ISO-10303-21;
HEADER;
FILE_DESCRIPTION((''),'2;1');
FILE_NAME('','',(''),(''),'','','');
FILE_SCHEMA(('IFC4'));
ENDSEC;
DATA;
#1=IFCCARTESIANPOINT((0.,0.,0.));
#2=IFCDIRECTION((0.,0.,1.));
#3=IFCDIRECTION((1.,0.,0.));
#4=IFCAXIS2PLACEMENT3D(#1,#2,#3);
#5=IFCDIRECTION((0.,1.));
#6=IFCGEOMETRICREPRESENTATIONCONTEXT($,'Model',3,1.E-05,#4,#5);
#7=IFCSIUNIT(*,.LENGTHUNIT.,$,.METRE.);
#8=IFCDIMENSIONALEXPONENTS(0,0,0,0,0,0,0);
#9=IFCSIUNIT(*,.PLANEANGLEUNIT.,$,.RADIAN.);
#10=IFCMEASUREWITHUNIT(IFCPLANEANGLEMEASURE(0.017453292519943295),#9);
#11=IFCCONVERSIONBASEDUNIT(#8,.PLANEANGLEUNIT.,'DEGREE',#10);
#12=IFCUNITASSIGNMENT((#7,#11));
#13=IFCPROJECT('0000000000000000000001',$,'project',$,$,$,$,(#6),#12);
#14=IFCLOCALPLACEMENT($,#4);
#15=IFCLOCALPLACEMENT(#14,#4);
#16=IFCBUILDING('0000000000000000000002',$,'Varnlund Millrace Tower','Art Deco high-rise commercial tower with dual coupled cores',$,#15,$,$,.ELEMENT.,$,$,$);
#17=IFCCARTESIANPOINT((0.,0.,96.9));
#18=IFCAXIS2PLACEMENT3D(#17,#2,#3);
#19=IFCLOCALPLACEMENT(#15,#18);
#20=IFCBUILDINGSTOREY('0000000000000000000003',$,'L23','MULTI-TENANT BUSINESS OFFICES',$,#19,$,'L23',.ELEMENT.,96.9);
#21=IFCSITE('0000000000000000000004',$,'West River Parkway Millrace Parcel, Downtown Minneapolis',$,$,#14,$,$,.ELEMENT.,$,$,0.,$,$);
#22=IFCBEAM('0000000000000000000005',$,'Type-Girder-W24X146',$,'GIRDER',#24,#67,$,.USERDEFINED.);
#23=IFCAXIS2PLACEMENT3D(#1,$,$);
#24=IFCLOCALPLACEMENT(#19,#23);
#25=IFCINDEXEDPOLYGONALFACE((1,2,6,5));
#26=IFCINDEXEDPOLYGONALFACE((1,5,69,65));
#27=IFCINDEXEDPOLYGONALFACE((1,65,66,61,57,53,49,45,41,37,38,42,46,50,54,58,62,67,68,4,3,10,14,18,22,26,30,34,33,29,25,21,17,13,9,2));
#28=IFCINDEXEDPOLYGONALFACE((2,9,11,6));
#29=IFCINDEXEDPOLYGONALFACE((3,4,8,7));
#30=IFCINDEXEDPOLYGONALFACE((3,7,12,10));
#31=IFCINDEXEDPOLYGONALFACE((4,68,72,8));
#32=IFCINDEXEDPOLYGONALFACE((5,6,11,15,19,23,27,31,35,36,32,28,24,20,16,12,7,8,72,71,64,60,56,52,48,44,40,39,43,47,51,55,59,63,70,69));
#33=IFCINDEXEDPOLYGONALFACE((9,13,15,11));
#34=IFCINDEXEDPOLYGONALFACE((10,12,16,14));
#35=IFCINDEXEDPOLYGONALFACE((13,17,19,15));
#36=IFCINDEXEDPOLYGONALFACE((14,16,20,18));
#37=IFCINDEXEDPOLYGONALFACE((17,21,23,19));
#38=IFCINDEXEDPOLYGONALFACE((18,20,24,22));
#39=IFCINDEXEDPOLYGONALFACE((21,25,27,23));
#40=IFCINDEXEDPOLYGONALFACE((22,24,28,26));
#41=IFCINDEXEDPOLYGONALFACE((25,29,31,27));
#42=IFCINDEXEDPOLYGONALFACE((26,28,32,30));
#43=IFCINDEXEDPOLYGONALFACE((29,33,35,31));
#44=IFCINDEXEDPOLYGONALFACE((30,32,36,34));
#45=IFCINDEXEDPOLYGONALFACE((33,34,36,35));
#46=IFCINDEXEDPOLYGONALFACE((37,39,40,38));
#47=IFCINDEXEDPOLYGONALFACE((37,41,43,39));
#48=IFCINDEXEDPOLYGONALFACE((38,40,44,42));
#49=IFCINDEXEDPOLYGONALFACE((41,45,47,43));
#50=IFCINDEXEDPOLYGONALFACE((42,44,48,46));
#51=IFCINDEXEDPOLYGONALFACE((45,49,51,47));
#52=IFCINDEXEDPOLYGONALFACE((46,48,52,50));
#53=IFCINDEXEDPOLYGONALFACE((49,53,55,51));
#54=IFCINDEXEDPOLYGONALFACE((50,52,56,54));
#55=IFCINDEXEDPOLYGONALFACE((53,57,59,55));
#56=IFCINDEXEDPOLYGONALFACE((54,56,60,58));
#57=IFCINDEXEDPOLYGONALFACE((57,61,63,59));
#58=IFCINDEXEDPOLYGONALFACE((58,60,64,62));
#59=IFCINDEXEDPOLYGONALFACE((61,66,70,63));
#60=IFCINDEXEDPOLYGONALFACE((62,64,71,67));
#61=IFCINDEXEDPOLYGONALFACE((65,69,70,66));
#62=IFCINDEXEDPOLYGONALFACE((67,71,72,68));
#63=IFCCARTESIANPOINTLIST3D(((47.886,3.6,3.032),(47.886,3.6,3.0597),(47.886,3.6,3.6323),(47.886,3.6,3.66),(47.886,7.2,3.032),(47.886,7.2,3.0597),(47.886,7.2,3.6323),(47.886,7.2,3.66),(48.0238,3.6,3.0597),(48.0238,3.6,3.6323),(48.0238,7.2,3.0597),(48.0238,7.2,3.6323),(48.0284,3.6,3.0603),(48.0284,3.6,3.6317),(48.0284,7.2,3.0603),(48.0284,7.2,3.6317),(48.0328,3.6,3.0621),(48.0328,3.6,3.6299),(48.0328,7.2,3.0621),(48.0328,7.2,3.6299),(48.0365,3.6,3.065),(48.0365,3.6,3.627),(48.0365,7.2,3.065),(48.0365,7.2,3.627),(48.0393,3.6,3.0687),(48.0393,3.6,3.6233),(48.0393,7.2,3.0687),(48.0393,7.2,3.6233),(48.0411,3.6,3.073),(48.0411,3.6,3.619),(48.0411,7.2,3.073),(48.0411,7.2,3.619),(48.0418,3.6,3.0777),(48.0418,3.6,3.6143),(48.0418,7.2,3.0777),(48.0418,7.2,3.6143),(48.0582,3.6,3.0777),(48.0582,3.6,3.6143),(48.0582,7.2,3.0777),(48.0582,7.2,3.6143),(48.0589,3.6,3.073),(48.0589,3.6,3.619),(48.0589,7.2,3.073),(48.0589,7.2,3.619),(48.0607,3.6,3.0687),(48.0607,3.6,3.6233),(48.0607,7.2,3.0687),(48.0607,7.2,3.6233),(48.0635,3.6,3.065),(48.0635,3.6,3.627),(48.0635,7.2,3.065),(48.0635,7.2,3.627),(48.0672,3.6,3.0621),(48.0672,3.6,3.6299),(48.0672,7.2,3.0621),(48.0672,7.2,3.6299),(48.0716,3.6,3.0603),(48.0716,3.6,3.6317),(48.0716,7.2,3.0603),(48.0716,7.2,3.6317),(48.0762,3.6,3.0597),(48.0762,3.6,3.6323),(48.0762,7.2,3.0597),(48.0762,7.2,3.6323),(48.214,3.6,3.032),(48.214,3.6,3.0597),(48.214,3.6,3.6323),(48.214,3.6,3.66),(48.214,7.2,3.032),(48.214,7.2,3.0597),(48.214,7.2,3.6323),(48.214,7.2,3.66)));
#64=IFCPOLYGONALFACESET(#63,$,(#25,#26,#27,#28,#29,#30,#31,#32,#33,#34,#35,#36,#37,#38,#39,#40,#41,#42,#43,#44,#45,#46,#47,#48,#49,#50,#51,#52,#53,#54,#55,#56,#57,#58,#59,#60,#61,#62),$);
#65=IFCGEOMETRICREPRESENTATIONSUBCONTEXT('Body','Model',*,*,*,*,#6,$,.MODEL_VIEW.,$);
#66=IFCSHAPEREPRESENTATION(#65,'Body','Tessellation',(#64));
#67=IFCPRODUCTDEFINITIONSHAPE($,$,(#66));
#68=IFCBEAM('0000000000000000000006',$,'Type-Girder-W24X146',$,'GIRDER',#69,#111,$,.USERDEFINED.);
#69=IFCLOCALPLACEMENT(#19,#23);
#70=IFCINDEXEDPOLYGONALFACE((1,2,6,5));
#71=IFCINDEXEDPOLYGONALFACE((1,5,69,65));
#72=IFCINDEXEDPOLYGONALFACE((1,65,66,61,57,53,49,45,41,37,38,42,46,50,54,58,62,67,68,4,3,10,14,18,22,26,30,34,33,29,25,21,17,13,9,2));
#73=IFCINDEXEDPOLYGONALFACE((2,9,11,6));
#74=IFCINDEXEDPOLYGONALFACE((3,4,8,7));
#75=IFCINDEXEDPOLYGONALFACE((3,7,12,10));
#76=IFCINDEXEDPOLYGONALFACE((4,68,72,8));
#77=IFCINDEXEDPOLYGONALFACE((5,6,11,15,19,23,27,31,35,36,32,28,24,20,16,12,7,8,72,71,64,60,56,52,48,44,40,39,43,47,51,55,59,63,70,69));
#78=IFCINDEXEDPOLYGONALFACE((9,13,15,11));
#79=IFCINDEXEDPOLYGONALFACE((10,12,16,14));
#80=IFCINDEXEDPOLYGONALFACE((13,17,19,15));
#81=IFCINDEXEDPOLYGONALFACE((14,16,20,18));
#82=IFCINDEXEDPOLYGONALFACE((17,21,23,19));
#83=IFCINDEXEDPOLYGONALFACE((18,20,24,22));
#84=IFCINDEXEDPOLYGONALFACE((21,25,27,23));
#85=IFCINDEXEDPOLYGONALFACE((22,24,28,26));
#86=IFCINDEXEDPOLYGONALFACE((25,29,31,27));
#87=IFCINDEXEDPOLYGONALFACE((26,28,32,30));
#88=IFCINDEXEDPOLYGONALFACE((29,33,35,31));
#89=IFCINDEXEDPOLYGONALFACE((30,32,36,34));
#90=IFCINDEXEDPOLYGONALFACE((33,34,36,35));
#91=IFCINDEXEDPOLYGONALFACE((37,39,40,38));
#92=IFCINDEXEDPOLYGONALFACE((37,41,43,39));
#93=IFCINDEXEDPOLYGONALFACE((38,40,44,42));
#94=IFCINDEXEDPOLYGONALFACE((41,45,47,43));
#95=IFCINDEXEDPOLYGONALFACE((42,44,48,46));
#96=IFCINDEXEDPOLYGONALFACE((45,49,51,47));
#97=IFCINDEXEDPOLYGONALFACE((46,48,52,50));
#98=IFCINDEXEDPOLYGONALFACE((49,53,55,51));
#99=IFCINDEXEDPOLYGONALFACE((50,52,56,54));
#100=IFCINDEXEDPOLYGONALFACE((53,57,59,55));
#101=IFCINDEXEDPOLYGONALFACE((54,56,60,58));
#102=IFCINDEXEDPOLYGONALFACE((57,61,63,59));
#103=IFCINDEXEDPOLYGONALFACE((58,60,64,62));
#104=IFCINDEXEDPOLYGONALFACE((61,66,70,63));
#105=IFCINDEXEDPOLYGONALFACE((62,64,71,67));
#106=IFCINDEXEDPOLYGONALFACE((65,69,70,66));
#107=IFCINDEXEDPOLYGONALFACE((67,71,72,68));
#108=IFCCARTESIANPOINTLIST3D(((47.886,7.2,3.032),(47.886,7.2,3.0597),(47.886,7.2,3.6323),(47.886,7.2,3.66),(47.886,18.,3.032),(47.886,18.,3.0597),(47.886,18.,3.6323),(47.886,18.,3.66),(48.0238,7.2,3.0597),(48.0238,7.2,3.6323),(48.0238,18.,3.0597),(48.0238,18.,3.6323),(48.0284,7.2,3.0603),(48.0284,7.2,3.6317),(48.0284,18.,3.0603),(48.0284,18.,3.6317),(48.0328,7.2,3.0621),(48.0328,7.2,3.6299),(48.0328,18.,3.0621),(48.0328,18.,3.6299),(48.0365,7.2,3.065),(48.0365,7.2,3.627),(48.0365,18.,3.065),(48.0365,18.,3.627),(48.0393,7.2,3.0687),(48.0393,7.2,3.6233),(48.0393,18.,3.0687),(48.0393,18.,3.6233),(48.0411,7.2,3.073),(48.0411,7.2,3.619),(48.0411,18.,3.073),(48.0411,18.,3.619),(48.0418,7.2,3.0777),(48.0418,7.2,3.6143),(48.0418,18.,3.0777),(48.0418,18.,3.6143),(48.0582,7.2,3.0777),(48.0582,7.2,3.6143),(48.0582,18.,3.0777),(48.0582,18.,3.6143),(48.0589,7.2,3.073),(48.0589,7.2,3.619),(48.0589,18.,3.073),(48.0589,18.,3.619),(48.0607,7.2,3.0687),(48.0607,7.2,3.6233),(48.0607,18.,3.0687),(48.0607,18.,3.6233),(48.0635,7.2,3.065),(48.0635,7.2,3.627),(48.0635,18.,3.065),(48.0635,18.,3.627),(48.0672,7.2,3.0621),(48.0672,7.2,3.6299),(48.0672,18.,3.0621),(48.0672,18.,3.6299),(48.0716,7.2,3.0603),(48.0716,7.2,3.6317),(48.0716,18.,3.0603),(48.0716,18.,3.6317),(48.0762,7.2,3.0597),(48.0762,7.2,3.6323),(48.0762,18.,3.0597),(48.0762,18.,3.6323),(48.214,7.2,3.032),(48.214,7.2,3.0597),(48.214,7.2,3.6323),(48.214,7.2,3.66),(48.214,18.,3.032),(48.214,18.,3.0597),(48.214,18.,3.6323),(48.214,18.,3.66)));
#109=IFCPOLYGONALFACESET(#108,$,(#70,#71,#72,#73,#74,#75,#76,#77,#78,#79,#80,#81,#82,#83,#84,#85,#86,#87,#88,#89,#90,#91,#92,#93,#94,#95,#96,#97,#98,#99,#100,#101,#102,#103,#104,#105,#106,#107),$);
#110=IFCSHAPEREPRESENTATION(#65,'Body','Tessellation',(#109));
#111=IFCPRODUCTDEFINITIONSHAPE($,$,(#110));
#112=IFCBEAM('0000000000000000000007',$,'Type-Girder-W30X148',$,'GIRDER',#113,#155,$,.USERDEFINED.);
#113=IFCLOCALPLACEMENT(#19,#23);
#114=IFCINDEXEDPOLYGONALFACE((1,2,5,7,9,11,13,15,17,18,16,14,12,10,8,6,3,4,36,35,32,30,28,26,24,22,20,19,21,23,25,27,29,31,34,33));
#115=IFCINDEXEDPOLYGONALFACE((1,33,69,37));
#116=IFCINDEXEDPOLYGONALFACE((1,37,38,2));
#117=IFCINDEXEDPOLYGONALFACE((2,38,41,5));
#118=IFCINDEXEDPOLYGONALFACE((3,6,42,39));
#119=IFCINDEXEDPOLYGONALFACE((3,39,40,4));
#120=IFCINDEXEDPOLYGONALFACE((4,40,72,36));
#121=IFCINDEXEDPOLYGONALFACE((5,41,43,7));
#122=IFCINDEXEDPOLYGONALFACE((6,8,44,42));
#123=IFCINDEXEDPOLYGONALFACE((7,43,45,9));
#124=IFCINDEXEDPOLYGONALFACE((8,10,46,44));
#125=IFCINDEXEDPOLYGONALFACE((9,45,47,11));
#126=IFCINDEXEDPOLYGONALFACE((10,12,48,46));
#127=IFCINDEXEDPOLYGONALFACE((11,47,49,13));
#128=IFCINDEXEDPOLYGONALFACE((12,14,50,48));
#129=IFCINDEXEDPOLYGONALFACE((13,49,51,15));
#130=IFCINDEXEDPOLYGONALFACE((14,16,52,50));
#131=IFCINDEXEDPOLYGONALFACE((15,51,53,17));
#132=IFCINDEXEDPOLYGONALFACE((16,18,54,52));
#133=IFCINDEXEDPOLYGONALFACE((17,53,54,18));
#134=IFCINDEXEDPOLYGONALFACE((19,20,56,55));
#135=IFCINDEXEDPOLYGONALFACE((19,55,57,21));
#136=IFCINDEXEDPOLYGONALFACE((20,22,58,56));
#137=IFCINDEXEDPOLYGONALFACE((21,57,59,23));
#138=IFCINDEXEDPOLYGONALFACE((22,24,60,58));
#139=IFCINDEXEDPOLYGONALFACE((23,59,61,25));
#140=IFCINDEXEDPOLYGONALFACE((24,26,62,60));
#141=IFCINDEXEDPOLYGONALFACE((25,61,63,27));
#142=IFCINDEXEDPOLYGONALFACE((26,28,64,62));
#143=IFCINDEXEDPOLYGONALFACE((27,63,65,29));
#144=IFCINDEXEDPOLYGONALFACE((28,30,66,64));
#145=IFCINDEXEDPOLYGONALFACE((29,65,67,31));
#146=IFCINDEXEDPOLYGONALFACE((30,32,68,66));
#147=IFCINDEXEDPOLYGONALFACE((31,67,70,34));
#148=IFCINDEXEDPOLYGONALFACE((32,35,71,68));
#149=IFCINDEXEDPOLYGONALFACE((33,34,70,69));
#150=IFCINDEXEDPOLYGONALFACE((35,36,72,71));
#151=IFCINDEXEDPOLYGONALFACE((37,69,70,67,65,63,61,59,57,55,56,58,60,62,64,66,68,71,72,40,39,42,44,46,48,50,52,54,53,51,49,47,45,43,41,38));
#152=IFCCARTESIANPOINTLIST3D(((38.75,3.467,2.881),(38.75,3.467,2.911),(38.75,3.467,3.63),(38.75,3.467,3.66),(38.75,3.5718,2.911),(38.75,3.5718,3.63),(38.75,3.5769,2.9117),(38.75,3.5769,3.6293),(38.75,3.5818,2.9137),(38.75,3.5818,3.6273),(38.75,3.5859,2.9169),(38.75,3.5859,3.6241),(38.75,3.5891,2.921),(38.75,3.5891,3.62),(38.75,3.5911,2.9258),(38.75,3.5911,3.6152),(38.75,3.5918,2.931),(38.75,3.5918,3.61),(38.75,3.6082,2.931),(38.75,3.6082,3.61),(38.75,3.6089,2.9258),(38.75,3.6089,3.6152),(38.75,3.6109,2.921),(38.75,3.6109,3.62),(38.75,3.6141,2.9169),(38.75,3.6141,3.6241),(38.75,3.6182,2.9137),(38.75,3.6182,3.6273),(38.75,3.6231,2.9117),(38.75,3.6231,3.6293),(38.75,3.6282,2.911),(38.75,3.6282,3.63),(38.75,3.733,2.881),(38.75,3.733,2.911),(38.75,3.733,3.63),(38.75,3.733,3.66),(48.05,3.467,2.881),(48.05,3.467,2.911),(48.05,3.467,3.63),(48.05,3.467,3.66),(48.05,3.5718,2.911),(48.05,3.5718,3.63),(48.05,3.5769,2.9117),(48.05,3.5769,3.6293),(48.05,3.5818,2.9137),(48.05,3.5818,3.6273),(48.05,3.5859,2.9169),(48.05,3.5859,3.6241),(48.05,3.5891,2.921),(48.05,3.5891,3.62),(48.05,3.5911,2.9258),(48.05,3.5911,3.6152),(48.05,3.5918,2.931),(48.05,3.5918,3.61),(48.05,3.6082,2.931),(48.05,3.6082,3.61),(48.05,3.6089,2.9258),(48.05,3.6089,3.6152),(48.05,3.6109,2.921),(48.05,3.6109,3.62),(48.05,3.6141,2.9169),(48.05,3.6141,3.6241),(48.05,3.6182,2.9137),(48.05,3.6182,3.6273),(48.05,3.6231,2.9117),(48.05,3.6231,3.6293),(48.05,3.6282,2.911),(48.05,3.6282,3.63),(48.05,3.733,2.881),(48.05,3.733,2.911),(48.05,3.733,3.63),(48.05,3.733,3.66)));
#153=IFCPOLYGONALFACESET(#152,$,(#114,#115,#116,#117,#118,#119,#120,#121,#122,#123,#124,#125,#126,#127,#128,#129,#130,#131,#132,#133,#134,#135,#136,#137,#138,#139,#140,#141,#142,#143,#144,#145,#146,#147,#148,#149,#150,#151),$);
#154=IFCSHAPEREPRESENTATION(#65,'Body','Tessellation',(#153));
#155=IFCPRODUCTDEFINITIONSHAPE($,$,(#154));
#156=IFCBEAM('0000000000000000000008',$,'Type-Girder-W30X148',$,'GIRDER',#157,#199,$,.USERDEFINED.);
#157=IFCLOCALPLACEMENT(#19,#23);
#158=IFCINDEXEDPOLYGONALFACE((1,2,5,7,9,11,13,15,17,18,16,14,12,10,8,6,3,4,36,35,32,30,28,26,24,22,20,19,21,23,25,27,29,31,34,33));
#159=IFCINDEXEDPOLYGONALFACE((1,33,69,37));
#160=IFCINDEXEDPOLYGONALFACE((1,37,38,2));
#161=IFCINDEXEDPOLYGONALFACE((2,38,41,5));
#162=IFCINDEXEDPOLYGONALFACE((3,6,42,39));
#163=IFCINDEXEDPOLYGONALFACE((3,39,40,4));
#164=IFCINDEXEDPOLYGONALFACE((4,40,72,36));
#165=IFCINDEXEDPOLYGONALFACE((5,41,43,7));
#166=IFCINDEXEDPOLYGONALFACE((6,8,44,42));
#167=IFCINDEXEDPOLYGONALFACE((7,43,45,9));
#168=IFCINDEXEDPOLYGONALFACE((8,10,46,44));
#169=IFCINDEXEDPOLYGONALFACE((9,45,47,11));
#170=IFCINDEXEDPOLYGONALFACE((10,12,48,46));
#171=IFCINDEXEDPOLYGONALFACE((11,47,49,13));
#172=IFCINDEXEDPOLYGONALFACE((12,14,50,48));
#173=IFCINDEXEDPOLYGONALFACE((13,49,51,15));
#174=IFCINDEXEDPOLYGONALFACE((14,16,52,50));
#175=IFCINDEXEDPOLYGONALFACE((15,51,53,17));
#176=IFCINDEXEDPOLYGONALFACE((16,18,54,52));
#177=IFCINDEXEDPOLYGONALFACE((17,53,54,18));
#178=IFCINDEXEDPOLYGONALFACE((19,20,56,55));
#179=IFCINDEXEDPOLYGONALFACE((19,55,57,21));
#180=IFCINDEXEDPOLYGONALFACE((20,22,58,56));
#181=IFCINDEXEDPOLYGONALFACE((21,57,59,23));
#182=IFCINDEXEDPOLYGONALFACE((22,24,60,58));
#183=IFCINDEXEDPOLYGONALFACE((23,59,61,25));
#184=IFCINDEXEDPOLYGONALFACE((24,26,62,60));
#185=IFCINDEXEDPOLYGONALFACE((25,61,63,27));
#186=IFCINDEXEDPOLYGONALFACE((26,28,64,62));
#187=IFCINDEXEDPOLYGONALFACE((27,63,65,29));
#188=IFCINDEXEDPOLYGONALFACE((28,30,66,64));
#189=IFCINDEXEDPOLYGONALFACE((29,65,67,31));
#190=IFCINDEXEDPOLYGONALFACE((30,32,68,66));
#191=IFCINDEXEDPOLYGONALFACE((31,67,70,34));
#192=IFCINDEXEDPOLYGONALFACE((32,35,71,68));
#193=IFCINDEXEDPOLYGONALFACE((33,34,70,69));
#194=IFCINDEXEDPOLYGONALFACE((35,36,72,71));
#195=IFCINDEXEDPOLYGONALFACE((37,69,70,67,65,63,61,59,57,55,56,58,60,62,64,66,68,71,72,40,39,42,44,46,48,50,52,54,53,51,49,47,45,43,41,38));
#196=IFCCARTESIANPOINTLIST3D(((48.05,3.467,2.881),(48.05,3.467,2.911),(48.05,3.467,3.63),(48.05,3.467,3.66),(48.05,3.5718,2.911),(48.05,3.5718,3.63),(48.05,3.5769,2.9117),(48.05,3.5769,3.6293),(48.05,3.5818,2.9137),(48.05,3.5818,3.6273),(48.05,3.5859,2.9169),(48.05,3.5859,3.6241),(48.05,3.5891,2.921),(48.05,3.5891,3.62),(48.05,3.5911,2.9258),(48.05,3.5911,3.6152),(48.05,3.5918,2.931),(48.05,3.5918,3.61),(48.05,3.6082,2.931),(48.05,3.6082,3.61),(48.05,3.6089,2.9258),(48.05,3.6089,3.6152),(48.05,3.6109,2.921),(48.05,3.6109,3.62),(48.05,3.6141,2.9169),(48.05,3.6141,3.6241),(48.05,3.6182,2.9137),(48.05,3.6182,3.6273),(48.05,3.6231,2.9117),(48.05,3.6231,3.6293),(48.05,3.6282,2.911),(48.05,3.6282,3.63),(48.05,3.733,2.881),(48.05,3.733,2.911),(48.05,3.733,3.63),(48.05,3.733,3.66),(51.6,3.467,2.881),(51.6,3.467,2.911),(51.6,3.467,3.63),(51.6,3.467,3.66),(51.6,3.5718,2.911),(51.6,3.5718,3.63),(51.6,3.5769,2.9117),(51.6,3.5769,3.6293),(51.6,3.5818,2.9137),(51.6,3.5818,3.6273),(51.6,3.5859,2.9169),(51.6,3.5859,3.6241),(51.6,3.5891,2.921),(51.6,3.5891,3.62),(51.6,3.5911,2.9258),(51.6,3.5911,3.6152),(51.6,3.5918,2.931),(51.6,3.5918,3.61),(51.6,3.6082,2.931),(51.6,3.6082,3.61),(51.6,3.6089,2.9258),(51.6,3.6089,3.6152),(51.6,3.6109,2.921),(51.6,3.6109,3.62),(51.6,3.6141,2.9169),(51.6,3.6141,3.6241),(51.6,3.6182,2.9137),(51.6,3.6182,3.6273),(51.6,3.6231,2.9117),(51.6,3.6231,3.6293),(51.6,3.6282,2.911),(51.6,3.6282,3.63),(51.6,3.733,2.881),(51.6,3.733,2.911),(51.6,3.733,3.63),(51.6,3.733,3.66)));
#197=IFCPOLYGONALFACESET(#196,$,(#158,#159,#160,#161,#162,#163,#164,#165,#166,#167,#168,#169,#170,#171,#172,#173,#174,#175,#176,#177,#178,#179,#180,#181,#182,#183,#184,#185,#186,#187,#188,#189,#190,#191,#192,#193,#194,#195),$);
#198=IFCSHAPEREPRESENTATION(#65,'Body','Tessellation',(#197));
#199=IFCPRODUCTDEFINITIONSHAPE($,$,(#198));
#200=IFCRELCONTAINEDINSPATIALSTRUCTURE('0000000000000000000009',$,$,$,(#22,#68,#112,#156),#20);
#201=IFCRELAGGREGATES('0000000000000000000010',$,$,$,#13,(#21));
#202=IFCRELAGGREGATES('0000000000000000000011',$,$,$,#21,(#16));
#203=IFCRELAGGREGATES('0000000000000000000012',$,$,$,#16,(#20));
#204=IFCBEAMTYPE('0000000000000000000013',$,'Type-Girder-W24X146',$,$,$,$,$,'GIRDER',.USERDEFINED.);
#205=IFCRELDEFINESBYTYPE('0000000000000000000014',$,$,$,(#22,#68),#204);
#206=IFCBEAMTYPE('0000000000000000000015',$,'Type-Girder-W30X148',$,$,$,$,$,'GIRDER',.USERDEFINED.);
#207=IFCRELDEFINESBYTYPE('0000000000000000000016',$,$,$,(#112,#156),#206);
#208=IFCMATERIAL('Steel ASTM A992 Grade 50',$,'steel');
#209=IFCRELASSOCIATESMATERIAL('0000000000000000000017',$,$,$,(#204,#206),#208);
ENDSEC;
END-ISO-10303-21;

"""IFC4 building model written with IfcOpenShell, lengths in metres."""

from ifc_helpers import new_model, entity, si_unit, converted_unit, direction, frame, origin_with_axes, origin_2d_with_axis, place, context, subcontext, project, spatial, i_section, extrude, material, material_profile, profile_set, type_object, element, save


model = new_model("IFC4")

# Units and contexts
model_context = context("Model", 3, precision=1e-05, world=origin_with_axes(), true_north=direction((0.0, 1.0)))
body_context = subcontext(model_context, "Body", "Model", "MODEL_VIEW")
ifc_project = project(units=[si_unit("LENGTHUNIT", "METRE"), converted_unit("PLANEANGLEUNIT", "DEGREE", entity("IfcPlaneAngleMeasure", 0.017453292519943295), si_unit("PLANEANGLEUNIT", "RADIAN"), dimensions=[0, 0, 0, 0, 0, 0, 0])], contexts=[model_context])

# Site, building, storey
site_placement = place(None, origin_with_axes())
site = spatial("IfcSite", under=ifc_project, at=site_placement, Name="West River Parkway Millrace Parcel, Downtown Minneapolis", CompositionType="ELEMENT", RefElevation=0.0)
building_placement = place(site_placement, origin_with_axes())
building = spatial("IfcBuilding", under=site, at=building_placement, Name="Varnlund Millrace Tower", Description="Art Deco high-rise commercial tower with dual coupled cores", CompositionType="ELEMENT")
storey_placement = place(building_placement, frame((0.0, 0.0, 96.9), z_axis=(0.0, 0.0, 1.0), x_axis=(1.0, 0.0, 0.0)))
storey = spatial("IfcBuildingStorey", under=building, at=storey_placement, Name="L23", Description="MULTI-TENANT BUSINESS OFFICES", LongName="L23", CompositionType="ELEMENT", Elevation=96.9)

# Beams
ifc_material_1 = material(Name="Steel ASTM A992 Grade 50", Category="steel")
ifc_material_profile_1 = material_profile(ifc_material_1, i_section(OverallWidth=0.328, OverallDepth=0.628, WebThickness=0.0165, FlangeThickness=0.0277, FilletRadius=0.018, at=origin_2d_with_axis()), Name="Steel ASTM A992 Grade 50")
ifc_profile_set_1 = profile_set([ifc_material_profile_1], Name="Steel ASTM A992 Grade 50")
beam_type_1 = type_object("IfcBeamType", Name="Type-Girder-W24X146", ElementType="GIRDER", PredefinedType="USERDEFINED", material=ifc_profile_set_1)
beam_1_placement = place(storey_placement, frame((48.05, 3.6, 3.346), z_axis=(0.0, 1.0, 0.0), x_axis=(-1.0, 0.0, 0.0)))
element("IfcBeam", 1, at=beam_1_placement, inside=storey, type_object=beam_type_1, Name="Type-Girder-W24X146", ObjectType="GIRDER", PredefinedType="USERDEFINED", context=body_context, shape_type="SweptSolid", body=[
    extrude(i_section(OverallWidth=0.328, OverallDepth=0.628, WebThickness=0.0165, FlangeThickness=0.0277, FilletRadius=0.018, at=origin_2d_with_axis()), origin_with_axes(), (0.0, 0.0, 1.0), 3.6),
])
beam_2_placement = place(storey_placement, frame((48.05, 7.2, 3.346), z_axis=(0.0, 1.0, 0.0), x_axis=(-1.0, 0.0, 0.0)))
element("IfcBeam", 2, at=beam_2_placement, inside=storey, type_object=beam_type_1, Name="Type-Girder-W24X146", ObjectType="GIRDER", PredefinedType="USERDEFINED", context=body_context, shape_type="SweptSolid", body=[
    extrude(i_section(OverallWidth=0.328, OverallDepth=0.628, WebThickness=0.0165, FlangeThickness=0.0277, FilletRadius=0.018, at=origin_2d_with_axis()), origin_with_axes(), (0.0, 0.0, 1.0), 10.8),
])
ifc_material_profile_2 = material_profile(ifc_material_1, i_section(OverallWidth=0.266, OverallDepth=0.779, WebThickness=0.0165, FlangeThickness=0.03, FilletRadius=0.02, at=origin_2d_with_axis()), Name="Steel ASTM A992 Grade 50")
ifc_profile_set_2 = profile_set([ifc_material_profile_2], Name="Steel ASTM A992 Grade 50")
beam_type_2 = type_object("IfcBeamType", Name="Type-Girder-W30X148", ElementType="GIRDER", PredefinedType="USERDEFINED", material=ifc_profile_set_2)
beam_3_placement = place(storey_placement, frame((38.75, 3.6, 3.2705), z_axis=(1.0, 0.0, 0.0), x_axis=(0.0, 1.0, 0.0)))
element("IfcBeam", 3, at=beam_3_placement, inside=storey, type_object=beam_type_2, Name="Type-Girder-W30X148", ObjectType="GIRDER", PredefinedType="USERDEFINED", context=body_context, shape_type="SweptSolid", body=[
    extrude(i_section(OverallWidth=0.266, OverallDepth=0.779, WebThickness=0.0165, FlangeThickness=0.03, FilletRadius=0.02, at=origin_2d_with_axis()), origin_with_axes(), (0.0, 0.0, 1.0), 9.3),
])
beam_4_placement = place(storey_placement, frame((48.05, 3.6, 3.2705), z_axis=(1.0, 0.0, 0.0), x_axis=(0.0, 1.0, 0.0)))
element("IfcBeam", 4, at=beam_4_placement, inside=storey, type_object=beam_type_2, Name="Type-Girder-W30X148", ObjectType="GIRDER", PredefinedType="USERDEFINED", context=body_context, shape_type="SweptSolid", body=[
    extrude(i_section(OverallWidth=0.266, OverallDepth=0.779, WebThickness=0.0165, FlangeThickness=0.03, FilletRadius=0.02, at=origin_2d_with_axis()), origin_with_axes(), (0.0, 0.0, 1.0), 3.55),
])

save(model, "model.ifc")
